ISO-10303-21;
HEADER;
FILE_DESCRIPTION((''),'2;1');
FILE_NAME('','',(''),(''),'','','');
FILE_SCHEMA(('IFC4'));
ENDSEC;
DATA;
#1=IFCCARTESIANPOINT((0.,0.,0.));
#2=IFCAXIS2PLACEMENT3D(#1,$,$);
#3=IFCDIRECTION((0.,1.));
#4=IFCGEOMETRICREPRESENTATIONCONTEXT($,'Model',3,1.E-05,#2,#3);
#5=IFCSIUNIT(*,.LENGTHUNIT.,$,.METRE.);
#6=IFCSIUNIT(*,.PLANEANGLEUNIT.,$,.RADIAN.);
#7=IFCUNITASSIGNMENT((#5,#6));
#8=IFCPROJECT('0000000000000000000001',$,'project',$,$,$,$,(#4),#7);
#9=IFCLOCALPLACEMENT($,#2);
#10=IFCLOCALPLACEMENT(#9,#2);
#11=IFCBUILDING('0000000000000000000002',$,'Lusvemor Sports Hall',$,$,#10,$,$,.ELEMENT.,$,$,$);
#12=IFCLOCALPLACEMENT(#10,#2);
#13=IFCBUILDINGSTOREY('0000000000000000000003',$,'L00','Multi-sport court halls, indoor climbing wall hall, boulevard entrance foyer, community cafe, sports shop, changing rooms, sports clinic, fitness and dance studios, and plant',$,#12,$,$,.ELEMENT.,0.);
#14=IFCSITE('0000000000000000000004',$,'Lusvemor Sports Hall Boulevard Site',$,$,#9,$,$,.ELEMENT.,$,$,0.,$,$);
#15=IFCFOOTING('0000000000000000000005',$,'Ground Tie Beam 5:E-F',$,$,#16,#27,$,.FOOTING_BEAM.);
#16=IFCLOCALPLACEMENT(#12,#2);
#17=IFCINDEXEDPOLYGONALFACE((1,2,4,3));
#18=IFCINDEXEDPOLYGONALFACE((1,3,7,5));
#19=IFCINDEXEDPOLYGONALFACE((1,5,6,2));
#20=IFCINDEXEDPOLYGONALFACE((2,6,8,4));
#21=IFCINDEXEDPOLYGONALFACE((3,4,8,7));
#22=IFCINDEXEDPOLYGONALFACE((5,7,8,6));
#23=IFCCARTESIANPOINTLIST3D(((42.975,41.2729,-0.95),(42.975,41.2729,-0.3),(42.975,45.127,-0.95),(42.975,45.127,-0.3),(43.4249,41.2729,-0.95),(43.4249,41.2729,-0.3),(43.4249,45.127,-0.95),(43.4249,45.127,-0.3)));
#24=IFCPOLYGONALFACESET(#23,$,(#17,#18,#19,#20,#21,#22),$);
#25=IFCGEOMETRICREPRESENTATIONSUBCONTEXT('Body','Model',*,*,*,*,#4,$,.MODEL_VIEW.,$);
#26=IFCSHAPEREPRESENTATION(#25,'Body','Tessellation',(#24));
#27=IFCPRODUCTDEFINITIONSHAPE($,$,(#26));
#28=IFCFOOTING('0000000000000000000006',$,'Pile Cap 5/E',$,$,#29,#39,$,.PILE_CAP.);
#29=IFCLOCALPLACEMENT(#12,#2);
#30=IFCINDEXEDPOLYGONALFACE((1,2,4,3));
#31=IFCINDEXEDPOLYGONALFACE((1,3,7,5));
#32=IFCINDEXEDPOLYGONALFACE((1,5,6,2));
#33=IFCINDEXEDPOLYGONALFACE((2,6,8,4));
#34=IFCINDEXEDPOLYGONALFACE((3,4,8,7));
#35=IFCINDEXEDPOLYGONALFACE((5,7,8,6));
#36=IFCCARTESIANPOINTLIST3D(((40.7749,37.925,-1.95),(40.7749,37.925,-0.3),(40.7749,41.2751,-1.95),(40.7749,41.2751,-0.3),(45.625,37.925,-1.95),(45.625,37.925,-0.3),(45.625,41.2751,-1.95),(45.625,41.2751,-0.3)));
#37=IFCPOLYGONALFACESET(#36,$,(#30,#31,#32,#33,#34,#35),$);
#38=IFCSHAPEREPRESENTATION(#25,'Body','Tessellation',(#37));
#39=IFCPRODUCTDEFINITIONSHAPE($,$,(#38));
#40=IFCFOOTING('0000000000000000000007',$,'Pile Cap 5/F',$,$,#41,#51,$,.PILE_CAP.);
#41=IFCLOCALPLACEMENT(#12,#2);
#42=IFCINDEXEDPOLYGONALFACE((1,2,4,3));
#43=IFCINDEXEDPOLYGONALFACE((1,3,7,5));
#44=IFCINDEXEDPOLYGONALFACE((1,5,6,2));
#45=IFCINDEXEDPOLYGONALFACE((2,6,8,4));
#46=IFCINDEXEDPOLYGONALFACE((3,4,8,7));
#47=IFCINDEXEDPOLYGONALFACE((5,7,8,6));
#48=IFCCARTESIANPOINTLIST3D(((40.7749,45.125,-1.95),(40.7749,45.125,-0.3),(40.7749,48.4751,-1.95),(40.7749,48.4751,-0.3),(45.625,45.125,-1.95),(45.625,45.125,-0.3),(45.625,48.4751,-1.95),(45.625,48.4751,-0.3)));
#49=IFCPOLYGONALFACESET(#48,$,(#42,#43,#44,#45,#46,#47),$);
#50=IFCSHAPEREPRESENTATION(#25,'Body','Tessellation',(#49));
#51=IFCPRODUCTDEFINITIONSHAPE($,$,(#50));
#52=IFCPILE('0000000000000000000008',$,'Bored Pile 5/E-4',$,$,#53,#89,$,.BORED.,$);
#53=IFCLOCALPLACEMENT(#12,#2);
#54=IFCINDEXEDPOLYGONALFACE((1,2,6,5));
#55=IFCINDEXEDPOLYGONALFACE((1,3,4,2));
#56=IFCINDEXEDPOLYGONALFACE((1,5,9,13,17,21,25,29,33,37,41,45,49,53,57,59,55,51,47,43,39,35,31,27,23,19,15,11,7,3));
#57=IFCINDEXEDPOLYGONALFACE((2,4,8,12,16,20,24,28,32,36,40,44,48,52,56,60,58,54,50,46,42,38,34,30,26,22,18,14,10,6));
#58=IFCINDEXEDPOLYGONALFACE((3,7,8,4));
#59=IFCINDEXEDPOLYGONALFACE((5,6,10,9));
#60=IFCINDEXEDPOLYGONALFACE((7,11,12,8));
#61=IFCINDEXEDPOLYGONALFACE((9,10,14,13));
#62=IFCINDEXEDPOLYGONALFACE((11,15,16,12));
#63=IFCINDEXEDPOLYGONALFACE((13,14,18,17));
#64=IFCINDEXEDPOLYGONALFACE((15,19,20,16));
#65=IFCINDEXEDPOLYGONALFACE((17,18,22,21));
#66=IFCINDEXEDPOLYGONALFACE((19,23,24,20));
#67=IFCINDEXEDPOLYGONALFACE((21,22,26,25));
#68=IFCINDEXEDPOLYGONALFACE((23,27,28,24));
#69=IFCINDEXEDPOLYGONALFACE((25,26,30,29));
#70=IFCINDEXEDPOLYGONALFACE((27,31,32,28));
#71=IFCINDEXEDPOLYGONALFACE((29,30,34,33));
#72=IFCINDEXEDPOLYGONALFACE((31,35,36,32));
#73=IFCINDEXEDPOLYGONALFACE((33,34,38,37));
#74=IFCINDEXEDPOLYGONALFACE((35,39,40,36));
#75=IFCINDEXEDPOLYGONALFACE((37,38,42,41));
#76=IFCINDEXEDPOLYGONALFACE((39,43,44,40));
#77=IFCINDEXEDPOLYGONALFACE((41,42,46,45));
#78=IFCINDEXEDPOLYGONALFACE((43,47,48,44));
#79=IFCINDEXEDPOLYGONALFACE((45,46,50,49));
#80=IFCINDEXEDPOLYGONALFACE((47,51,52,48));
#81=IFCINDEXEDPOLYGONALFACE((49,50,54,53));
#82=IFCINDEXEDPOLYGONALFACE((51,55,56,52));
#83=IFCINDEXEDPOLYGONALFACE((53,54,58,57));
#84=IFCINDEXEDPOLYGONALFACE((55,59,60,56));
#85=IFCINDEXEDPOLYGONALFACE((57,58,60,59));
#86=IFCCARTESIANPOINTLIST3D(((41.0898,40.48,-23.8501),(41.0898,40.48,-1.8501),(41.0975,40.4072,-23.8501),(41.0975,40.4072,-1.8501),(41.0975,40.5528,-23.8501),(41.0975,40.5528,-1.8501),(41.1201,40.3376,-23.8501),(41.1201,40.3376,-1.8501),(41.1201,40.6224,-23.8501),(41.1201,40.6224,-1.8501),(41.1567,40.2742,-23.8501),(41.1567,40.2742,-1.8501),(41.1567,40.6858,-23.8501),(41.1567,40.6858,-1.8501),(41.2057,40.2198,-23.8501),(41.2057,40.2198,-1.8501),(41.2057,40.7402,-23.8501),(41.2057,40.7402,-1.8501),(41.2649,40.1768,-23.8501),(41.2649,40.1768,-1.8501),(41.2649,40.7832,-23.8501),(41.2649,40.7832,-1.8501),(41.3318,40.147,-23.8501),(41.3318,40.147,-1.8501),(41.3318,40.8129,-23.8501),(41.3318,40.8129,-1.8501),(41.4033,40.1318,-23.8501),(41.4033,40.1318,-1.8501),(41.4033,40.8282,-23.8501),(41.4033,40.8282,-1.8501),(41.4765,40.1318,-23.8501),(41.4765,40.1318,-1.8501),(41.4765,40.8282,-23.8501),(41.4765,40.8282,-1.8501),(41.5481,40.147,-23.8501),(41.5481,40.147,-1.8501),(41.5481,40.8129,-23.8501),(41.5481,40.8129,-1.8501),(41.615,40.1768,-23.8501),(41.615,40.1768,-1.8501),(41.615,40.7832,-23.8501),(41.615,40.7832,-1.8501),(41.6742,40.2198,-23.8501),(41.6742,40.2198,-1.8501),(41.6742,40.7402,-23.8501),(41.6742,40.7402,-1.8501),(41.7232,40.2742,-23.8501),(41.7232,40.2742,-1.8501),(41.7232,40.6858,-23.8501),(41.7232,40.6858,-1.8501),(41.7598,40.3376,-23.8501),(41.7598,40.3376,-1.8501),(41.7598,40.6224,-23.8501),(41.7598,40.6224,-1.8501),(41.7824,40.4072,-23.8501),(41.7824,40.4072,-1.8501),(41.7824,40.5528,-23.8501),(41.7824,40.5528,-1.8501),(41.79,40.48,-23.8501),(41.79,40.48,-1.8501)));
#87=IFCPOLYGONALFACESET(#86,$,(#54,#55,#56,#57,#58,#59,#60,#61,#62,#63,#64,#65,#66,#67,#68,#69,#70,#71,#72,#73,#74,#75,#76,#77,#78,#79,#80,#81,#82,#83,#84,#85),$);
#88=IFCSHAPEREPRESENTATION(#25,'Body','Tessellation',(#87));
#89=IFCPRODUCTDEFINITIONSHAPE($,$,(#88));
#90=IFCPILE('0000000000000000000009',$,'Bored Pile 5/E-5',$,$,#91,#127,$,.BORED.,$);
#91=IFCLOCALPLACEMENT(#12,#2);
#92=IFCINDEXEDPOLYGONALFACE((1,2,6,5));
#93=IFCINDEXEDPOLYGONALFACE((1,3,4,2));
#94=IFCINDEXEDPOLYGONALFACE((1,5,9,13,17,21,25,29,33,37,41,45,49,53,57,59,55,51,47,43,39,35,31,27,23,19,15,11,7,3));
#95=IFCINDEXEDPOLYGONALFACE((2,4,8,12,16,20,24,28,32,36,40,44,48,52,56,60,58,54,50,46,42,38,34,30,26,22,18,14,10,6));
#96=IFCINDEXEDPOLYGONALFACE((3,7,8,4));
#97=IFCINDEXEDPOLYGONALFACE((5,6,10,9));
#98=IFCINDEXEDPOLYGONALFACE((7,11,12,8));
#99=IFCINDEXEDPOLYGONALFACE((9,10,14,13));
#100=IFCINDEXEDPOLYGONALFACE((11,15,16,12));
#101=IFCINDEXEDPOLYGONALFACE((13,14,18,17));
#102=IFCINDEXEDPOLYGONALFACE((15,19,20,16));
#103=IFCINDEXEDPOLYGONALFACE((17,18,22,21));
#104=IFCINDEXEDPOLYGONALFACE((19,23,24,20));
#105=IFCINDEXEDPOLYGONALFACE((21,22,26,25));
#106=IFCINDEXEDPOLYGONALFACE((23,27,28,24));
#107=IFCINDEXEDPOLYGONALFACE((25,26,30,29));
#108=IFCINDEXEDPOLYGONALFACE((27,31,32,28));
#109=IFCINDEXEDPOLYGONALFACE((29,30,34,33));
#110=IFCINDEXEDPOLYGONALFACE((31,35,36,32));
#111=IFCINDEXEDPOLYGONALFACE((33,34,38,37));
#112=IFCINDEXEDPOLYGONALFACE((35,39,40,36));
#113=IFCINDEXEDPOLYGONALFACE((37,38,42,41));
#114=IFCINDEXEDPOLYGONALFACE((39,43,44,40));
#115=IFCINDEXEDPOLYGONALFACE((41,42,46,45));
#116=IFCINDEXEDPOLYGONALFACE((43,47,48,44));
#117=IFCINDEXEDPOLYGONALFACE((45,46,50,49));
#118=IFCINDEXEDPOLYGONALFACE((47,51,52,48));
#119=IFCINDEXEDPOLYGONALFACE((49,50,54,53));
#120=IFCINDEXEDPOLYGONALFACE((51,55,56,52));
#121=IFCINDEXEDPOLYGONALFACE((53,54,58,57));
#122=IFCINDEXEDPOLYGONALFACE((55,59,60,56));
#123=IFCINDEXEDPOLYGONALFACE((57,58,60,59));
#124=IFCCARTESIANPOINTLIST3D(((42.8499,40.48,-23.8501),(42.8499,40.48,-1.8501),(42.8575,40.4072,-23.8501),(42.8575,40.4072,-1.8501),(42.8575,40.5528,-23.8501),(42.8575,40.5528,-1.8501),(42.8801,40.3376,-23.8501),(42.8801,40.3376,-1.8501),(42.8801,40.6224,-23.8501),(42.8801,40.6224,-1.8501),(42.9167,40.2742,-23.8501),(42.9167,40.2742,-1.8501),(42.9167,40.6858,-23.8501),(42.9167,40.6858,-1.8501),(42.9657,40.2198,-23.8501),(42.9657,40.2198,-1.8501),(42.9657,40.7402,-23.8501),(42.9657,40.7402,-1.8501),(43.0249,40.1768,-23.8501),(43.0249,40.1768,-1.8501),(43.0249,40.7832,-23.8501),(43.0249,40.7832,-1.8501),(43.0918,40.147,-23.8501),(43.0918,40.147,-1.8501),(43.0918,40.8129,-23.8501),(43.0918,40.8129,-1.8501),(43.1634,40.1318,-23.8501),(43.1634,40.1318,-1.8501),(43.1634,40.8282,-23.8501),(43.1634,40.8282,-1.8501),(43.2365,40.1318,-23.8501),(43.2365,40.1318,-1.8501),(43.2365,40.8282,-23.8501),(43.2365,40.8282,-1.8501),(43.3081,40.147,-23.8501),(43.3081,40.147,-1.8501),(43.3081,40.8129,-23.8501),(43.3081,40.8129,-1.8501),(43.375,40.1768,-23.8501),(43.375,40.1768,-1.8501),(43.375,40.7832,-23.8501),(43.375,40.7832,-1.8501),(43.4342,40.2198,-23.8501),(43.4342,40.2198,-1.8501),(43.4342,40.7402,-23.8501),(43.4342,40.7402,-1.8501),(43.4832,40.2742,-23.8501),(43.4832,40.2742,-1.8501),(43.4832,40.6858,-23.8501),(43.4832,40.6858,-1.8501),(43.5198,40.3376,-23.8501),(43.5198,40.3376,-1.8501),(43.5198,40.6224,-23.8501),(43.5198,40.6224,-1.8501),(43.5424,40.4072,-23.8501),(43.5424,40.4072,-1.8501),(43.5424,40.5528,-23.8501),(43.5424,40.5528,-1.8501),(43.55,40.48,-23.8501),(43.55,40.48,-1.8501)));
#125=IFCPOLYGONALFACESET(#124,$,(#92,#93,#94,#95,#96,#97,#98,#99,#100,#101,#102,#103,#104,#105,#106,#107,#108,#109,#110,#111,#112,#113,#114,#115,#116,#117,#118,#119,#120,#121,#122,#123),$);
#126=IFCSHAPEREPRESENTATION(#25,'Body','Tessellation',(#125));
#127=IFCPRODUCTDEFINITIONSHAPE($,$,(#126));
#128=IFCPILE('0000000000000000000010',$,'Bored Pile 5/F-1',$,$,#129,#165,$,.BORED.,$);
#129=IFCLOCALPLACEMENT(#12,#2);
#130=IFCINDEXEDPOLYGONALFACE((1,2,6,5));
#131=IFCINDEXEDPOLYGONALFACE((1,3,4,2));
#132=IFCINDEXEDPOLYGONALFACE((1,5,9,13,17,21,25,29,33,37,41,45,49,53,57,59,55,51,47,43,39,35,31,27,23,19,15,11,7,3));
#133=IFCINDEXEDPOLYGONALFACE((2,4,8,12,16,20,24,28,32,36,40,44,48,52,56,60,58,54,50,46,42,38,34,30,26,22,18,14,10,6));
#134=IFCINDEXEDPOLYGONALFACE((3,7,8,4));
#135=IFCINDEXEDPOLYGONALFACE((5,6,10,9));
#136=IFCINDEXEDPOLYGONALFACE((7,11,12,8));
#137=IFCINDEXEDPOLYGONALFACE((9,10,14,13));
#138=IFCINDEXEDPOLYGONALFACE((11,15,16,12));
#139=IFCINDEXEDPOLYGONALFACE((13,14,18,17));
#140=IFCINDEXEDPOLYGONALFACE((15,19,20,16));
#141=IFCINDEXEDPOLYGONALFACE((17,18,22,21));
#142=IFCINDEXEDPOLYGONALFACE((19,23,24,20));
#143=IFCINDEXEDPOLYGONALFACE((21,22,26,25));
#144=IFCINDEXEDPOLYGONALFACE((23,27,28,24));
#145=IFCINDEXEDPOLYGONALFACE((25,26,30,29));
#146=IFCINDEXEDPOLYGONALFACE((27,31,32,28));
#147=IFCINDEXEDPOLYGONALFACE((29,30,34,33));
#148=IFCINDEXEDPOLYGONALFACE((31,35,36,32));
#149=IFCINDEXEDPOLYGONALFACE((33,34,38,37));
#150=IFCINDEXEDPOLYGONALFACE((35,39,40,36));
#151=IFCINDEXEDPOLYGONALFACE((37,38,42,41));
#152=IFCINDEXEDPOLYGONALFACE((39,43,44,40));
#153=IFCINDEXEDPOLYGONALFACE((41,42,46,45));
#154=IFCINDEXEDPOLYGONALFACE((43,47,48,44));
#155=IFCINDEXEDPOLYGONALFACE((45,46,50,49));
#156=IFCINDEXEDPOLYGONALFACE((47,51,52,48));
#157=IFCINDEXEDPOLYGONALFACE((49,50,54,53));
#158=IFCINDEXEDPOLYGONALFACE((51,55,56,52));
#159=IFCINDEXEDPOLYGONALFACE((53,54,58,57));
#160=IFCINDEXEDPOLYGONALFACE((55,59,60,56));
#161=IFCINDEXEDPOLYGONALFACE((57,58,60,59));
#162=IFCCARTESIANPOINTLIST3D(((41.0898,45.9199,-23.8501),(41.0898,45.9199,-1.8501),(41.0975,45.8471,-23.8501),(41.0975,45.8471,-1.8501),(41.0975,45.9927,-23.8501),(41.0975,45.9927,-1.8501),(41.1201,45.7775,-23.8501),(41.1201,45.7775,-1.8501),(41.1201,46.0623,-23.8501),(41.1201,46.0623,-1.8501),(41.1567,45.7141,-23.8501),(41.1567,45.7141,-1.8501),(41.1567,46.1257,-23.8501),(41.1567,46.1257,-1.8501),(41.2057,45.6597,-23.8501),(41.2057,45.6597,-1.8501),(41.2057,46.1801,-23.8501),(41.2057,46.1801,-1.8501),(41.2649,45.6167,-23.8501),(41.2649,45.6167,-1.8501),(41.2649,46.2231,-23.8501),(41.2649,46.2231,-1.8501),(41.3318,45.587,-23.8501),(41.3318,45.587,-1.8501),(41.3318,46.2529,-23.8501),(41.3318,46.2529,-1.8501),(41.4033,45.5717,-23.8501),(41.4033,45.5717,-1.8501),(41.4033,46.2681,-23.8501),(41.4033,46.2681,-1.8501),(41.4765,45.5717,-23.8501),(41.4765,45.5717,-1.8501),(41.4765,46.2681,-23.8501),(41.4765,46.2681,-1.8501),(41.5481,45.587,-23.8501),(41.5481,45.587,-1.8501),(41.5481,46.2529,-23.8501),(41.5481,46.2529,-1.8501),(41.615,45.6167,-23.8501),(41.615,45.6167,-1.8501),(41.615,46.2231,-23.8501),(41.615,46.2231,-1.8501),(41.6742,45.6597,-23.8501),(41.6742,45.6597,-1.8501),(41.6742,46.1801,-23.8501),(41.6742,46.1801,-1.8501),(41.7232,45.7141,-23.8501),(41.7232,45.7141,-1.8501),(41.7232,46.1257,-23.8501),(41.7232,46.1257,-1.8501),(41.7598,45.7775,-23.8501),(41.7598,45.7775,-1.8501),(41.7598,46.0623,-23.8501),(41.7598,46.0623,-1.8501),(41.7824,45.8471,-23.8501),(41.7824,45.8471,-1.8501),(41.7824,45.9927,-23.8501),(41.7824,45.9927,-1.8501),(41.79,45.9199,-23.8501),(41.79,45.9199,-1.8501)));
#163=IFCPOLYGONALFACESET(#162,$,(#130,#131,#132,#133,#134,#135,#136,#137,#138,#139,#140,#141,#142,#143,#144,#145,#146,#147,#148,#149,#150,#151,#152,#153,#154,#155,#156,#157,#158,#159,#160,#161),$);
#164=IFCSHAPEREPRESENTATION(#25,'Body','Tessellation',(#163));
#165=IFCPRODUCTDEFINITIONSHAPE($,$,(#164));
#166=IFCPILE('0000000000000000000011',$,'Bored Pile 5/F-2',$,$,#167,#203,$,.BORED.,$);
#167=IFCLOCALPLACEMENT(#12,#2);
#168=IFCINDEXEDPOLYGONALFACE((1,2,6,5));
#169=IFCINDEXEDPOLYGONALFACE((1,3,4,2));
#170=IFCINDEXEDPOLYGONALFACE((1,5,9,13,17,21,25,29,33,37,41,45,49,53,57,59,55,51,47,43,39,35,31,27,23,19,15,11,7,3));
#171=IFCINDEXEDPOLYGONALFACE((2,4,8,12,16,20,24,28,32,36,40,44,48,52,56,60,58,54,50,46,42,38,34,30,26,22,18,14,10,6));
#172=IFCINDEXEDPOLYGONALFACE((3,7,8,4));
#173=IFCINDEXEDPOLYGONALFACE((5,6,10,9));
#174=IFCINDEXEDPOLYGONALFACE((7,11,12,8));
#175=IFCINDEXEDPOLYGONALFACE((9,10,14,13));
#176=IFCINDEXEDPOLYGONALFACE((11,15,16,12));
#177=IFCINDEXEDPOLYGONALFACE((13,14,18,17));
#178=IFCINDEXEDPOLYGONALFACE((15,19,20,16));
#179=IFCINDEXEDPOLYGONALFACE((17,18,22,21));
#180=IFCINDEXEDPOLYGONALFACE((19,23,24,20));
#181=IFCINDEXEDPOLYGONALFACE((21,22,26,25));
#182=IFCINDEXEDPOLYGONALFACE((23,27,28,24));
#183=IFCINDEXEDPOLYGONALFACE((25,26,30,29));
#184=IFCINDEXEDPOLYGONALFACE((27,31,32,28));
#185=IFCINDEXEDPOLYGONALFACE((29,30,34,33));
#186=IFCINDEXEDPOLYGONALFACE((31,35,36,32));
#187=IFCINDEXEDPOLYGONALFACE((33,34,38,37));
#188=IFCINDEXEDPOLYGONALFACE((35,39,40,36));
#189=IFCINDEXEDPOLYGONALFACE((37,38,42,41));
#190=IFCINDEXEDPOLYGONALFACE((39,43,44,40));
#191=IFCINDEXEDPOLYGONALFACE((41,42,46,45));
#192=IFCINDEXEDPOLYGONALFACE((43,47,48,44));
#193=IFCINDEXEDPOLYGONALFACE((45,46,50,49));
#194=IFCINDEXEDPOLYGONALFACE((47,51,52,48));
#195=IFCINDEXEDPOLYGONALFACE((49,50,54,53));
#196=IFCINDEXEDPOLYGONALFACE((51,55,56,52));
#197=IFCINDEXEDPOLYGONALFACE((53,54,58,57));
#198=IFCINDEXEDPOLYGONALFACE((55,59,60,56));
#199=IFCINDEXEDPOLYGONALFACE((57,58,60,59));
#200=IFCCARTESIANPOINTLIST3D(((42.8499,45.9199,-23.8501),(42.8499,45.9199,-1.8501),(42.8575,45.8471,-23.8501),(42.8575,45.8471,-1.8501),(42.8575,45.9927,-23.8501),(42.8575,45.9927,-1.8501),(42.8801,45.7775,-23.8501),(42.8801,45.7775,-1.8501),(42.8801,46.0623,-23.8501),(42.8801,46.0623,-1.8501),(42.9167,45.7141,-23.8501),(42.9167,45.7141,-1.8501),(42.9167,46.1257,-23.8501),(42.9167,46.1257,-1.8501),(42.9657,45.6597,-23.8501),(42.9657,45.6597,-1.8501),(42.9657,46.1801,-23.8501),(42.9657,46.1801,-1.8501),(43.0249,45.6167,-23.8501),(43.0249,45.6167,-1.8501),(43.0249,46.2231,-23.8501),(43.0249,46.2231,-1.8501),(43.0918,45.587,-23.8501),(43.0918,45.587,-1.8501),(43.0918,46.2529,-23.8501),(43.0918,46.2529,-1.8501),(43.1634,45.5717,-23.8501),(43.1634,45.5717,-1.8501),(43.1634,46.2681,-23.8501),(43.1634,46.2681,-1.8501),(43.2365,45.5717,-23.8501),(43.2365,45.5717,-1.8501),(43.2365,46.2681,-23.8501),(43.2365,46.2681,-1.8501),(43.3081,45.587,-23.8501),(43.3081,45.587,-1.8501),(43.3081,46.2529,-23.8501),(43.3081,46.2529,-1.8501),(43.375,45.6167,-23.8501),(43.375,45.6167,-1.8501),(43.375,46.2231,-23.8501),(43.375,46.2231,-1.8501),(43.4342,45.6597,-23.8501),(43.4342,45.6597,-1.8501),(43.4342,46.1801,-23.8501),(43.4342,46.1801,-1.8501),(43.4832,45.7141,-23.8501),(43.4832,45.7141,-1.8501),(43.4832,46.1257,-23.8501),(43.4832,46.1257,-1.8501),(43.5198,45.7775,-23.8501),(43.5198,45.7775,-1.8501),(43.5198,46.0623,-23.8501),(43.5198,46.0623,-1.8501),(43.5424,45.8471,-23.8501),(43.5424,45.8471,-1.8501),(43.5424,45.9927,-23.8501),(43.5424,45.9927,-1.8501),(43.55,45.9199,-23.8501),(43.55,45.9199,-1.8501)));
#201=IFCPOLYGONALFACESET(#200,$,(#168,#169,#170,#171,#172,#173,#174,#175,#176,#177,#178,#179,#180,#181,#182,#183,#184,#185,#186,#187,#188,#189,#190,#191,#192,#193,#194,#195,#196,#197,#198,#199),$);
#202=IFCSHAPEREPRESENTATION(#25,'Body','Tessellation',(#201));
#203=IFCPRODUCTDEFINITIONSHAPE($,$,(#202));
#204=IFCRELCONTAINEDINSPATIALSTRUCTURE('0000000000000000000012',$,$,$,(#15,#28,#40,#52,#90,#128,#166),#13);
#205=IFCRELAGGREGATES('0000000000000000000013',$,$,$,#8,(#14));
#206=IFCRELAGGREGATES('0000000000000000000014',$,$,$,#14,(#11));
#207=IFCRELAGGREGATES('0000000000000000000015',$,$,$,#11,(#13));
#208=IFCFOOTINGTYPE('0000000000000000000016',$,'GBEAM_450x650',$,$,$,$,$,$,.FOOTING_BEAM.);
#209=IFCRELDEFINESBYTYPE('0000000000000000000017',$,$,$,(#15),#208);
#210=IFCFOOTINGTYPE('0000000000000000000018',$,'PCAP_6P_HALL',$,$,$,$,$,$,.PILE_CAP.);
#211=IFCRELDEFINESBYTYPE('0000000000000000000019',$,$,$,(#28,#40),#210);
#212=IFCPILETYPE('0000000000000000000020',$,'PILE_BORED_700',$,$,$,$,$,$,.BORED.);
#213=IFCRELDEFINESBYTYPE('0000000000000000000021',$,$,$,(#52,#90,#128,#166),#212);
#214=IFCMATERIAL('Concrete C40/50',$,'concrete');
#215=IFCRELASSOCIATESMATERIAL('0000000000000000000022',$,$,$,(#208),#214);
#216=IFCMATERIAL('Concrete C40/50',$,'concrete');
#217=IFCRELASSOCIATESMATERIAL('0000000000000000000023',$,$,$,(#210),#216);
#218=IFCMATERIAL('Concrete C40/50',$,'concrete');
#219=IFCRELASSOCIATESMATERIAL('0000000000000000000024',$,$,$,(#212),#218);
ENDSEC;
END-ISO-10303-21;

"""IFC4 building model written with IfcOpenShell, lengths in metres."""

from ifc_helpers import new_model, si_unit, direction, frame, origin, origin_2d, place, context, subcontext, project, spatial, rectangle, circle, extrude, material, material_profile, profile_set, type_object, element, save


model = new_model("IFC4")

# Units and contexts
model_context = context("Model", 3, precision=1e-05, world=origin(), true_north=direction((0.0, 1.0)))
body_context = subcontext(model_context, "Body", "Model", "MODEL_VIEW")
ifc_project = project(units=[si_unit("LENGTHUNIT", "METRE"), si_unit("PLANEANGLEUNIT", "RADIAN")], contexts=[model_context])

# Site, building, storey
site_placement = place(None, origin())
site = spatial("IfcSite", under=ifc_project, at=site_placement, Name="Lusvemor Sports Hall Boulevard Site", CompositionType="ELEMENT", RefElevation=0.0)
building_placement = place(site_placement, origin())
building = spatial("IfcBuilding", under=site, at=building_placement, Name="Lusvemor Sports Hall", CompositionType="ELEMENT")
storey_placement = place(building_placement, origin())
storey = spatial("IfcBuildingStorey", under=building, at=storey_placement, Name="L00", Description="Multi-sport court halls, indoor climbing wall hall, boulevard entrance foyer, community cafe, sports shop, changing rooms, sports clinic, fitness and dance studios, and plant", CompositionType="ELEMENT", Elevation=0.0)

# Footings
ifc_material_1 = material(Name="Concrete C40/50", Category="concrete")
ifc_material_profile_1 = material_profile(ifc_material_1, rectangle(XDim=0.45, YDim=0.6499, at=origin_2d()), Name="GB_450x650")
ifc_profile_set_1 = profile_set([ifc_material_profile_1], Name="Concrete C40/50")
footing_type_1 = type_object("IfcFootingType", Name="GBEAM_450x650", PredefinedType="FOOTING_BEAM", material=ifc_profile_set_1)
footing_placement = place(storey_placement, frame((43.2, 41.2729, -0.625), z_axis=(0.0, 1.0, 0.0), x_axis=(-1.0, 0.0, 0.0)))
element("IfcFooting", 1, at=footing_placement, inside=storey, type_object=footing_type_1, Name="Ground Tie Beam 5:E-F", PredefinedType="FOOTING_BEAM", context=body_context, shape_type="SweptSolid", body=[
    extrude(rectangle(XDim=0.45, YDim=0.6499, at=origin_2d()), origin(), (0.0, 0.0, 1.0), 3.854),
])
ifc_material_2 = material(Name="Concrete C40/50", Category="concrete")
footing_type_2 = type_object("IfcFootingType", Name="PCAP_6P_HALL", PredefinedType="PILE_CAP", material=ifc_material_2)
for number, where, z_axis, x_axis, name in (
    (2, (43.2, 39.6001, -1.95), (0.0, 0.0, 1.0), (1.0, 0.0, 0.0), "Pile Cap 5/E"),
    (3, (43.2, 46.8, -1.95), (0.0, 0.0, 1.0), (1.0, 0.0, 0.0), "Pile Cap 5/F"),
):
    element("IfcFooting", number, at=place(storey_placement, frame(where, z_axis=z_axis, x_axis=x_axis)), inside=storey, type_object=footing_type_2, Name=name, PredefinedType="PILE_CAP", context=body_context, shape_type="SweptSolid", body=[
        extrude(rectangle(XDim=4.8501, YDim=3.3501, at=origin_2d()), origin(), (0.0, 0.0, 1.0), 1.6499),
    ])

# Piles
ifc_material_3 = material(Name="Concrete C40/50", Category="concrete")
ifc_material_profile_2 = material_profile(ifc_material_3, circle(Radius=0.3501, at=origin_2d()), Name="PILE700")
ifc_profile_set_2 = profile_set([ifc_material_profile_2], Name="Concrete C40/50")
pile_type = type_object("IfcPileType", Name="PILE_BORED_700", PredefinedType="BORED", material=ifc_profile_set_2)
for number, where, z_axis, x_axis, name in (
    (4, (41.4399, 40.48, -1.8501), (0.0, 0.0, -1.0), (1.0, 0.0, 0.0), "Bored Pile 5/E-4"),
    (5, (43.2, 40.48, -1.8501), (0.0, 0.0, -1.0), (1.0, 0.0, 0.0), "Bored Pile 5/E-5"),
    (6, (41.4399, 45.9199, -1.8501), (0.0, 0.0, -1.0), (1.0, 0.0, 0.0), "Bored Pile 5/F-1"),
    (7, (43.2, 45.9199, -1.8501), (0.0, 0.0, -1.0), (1.0, 0.0, 0.0), "Bored Pile 5/F-2"),
):
    element("IfcPile", number, at=place(storey_placement, frame(where, z_axis=z_axis, x_axis=x_axis)), inside=storey, type_object=pile_type, Name=name, PredefinedType="BORED", context=body_context, shape_type="SweptSolid", body=[
        extrude(circle(Radius=0.3501, at=origin_2d()), origin(), (0.0, 0.0, 1.0), 22.0),
    ])

save(model, "model.ifc")
